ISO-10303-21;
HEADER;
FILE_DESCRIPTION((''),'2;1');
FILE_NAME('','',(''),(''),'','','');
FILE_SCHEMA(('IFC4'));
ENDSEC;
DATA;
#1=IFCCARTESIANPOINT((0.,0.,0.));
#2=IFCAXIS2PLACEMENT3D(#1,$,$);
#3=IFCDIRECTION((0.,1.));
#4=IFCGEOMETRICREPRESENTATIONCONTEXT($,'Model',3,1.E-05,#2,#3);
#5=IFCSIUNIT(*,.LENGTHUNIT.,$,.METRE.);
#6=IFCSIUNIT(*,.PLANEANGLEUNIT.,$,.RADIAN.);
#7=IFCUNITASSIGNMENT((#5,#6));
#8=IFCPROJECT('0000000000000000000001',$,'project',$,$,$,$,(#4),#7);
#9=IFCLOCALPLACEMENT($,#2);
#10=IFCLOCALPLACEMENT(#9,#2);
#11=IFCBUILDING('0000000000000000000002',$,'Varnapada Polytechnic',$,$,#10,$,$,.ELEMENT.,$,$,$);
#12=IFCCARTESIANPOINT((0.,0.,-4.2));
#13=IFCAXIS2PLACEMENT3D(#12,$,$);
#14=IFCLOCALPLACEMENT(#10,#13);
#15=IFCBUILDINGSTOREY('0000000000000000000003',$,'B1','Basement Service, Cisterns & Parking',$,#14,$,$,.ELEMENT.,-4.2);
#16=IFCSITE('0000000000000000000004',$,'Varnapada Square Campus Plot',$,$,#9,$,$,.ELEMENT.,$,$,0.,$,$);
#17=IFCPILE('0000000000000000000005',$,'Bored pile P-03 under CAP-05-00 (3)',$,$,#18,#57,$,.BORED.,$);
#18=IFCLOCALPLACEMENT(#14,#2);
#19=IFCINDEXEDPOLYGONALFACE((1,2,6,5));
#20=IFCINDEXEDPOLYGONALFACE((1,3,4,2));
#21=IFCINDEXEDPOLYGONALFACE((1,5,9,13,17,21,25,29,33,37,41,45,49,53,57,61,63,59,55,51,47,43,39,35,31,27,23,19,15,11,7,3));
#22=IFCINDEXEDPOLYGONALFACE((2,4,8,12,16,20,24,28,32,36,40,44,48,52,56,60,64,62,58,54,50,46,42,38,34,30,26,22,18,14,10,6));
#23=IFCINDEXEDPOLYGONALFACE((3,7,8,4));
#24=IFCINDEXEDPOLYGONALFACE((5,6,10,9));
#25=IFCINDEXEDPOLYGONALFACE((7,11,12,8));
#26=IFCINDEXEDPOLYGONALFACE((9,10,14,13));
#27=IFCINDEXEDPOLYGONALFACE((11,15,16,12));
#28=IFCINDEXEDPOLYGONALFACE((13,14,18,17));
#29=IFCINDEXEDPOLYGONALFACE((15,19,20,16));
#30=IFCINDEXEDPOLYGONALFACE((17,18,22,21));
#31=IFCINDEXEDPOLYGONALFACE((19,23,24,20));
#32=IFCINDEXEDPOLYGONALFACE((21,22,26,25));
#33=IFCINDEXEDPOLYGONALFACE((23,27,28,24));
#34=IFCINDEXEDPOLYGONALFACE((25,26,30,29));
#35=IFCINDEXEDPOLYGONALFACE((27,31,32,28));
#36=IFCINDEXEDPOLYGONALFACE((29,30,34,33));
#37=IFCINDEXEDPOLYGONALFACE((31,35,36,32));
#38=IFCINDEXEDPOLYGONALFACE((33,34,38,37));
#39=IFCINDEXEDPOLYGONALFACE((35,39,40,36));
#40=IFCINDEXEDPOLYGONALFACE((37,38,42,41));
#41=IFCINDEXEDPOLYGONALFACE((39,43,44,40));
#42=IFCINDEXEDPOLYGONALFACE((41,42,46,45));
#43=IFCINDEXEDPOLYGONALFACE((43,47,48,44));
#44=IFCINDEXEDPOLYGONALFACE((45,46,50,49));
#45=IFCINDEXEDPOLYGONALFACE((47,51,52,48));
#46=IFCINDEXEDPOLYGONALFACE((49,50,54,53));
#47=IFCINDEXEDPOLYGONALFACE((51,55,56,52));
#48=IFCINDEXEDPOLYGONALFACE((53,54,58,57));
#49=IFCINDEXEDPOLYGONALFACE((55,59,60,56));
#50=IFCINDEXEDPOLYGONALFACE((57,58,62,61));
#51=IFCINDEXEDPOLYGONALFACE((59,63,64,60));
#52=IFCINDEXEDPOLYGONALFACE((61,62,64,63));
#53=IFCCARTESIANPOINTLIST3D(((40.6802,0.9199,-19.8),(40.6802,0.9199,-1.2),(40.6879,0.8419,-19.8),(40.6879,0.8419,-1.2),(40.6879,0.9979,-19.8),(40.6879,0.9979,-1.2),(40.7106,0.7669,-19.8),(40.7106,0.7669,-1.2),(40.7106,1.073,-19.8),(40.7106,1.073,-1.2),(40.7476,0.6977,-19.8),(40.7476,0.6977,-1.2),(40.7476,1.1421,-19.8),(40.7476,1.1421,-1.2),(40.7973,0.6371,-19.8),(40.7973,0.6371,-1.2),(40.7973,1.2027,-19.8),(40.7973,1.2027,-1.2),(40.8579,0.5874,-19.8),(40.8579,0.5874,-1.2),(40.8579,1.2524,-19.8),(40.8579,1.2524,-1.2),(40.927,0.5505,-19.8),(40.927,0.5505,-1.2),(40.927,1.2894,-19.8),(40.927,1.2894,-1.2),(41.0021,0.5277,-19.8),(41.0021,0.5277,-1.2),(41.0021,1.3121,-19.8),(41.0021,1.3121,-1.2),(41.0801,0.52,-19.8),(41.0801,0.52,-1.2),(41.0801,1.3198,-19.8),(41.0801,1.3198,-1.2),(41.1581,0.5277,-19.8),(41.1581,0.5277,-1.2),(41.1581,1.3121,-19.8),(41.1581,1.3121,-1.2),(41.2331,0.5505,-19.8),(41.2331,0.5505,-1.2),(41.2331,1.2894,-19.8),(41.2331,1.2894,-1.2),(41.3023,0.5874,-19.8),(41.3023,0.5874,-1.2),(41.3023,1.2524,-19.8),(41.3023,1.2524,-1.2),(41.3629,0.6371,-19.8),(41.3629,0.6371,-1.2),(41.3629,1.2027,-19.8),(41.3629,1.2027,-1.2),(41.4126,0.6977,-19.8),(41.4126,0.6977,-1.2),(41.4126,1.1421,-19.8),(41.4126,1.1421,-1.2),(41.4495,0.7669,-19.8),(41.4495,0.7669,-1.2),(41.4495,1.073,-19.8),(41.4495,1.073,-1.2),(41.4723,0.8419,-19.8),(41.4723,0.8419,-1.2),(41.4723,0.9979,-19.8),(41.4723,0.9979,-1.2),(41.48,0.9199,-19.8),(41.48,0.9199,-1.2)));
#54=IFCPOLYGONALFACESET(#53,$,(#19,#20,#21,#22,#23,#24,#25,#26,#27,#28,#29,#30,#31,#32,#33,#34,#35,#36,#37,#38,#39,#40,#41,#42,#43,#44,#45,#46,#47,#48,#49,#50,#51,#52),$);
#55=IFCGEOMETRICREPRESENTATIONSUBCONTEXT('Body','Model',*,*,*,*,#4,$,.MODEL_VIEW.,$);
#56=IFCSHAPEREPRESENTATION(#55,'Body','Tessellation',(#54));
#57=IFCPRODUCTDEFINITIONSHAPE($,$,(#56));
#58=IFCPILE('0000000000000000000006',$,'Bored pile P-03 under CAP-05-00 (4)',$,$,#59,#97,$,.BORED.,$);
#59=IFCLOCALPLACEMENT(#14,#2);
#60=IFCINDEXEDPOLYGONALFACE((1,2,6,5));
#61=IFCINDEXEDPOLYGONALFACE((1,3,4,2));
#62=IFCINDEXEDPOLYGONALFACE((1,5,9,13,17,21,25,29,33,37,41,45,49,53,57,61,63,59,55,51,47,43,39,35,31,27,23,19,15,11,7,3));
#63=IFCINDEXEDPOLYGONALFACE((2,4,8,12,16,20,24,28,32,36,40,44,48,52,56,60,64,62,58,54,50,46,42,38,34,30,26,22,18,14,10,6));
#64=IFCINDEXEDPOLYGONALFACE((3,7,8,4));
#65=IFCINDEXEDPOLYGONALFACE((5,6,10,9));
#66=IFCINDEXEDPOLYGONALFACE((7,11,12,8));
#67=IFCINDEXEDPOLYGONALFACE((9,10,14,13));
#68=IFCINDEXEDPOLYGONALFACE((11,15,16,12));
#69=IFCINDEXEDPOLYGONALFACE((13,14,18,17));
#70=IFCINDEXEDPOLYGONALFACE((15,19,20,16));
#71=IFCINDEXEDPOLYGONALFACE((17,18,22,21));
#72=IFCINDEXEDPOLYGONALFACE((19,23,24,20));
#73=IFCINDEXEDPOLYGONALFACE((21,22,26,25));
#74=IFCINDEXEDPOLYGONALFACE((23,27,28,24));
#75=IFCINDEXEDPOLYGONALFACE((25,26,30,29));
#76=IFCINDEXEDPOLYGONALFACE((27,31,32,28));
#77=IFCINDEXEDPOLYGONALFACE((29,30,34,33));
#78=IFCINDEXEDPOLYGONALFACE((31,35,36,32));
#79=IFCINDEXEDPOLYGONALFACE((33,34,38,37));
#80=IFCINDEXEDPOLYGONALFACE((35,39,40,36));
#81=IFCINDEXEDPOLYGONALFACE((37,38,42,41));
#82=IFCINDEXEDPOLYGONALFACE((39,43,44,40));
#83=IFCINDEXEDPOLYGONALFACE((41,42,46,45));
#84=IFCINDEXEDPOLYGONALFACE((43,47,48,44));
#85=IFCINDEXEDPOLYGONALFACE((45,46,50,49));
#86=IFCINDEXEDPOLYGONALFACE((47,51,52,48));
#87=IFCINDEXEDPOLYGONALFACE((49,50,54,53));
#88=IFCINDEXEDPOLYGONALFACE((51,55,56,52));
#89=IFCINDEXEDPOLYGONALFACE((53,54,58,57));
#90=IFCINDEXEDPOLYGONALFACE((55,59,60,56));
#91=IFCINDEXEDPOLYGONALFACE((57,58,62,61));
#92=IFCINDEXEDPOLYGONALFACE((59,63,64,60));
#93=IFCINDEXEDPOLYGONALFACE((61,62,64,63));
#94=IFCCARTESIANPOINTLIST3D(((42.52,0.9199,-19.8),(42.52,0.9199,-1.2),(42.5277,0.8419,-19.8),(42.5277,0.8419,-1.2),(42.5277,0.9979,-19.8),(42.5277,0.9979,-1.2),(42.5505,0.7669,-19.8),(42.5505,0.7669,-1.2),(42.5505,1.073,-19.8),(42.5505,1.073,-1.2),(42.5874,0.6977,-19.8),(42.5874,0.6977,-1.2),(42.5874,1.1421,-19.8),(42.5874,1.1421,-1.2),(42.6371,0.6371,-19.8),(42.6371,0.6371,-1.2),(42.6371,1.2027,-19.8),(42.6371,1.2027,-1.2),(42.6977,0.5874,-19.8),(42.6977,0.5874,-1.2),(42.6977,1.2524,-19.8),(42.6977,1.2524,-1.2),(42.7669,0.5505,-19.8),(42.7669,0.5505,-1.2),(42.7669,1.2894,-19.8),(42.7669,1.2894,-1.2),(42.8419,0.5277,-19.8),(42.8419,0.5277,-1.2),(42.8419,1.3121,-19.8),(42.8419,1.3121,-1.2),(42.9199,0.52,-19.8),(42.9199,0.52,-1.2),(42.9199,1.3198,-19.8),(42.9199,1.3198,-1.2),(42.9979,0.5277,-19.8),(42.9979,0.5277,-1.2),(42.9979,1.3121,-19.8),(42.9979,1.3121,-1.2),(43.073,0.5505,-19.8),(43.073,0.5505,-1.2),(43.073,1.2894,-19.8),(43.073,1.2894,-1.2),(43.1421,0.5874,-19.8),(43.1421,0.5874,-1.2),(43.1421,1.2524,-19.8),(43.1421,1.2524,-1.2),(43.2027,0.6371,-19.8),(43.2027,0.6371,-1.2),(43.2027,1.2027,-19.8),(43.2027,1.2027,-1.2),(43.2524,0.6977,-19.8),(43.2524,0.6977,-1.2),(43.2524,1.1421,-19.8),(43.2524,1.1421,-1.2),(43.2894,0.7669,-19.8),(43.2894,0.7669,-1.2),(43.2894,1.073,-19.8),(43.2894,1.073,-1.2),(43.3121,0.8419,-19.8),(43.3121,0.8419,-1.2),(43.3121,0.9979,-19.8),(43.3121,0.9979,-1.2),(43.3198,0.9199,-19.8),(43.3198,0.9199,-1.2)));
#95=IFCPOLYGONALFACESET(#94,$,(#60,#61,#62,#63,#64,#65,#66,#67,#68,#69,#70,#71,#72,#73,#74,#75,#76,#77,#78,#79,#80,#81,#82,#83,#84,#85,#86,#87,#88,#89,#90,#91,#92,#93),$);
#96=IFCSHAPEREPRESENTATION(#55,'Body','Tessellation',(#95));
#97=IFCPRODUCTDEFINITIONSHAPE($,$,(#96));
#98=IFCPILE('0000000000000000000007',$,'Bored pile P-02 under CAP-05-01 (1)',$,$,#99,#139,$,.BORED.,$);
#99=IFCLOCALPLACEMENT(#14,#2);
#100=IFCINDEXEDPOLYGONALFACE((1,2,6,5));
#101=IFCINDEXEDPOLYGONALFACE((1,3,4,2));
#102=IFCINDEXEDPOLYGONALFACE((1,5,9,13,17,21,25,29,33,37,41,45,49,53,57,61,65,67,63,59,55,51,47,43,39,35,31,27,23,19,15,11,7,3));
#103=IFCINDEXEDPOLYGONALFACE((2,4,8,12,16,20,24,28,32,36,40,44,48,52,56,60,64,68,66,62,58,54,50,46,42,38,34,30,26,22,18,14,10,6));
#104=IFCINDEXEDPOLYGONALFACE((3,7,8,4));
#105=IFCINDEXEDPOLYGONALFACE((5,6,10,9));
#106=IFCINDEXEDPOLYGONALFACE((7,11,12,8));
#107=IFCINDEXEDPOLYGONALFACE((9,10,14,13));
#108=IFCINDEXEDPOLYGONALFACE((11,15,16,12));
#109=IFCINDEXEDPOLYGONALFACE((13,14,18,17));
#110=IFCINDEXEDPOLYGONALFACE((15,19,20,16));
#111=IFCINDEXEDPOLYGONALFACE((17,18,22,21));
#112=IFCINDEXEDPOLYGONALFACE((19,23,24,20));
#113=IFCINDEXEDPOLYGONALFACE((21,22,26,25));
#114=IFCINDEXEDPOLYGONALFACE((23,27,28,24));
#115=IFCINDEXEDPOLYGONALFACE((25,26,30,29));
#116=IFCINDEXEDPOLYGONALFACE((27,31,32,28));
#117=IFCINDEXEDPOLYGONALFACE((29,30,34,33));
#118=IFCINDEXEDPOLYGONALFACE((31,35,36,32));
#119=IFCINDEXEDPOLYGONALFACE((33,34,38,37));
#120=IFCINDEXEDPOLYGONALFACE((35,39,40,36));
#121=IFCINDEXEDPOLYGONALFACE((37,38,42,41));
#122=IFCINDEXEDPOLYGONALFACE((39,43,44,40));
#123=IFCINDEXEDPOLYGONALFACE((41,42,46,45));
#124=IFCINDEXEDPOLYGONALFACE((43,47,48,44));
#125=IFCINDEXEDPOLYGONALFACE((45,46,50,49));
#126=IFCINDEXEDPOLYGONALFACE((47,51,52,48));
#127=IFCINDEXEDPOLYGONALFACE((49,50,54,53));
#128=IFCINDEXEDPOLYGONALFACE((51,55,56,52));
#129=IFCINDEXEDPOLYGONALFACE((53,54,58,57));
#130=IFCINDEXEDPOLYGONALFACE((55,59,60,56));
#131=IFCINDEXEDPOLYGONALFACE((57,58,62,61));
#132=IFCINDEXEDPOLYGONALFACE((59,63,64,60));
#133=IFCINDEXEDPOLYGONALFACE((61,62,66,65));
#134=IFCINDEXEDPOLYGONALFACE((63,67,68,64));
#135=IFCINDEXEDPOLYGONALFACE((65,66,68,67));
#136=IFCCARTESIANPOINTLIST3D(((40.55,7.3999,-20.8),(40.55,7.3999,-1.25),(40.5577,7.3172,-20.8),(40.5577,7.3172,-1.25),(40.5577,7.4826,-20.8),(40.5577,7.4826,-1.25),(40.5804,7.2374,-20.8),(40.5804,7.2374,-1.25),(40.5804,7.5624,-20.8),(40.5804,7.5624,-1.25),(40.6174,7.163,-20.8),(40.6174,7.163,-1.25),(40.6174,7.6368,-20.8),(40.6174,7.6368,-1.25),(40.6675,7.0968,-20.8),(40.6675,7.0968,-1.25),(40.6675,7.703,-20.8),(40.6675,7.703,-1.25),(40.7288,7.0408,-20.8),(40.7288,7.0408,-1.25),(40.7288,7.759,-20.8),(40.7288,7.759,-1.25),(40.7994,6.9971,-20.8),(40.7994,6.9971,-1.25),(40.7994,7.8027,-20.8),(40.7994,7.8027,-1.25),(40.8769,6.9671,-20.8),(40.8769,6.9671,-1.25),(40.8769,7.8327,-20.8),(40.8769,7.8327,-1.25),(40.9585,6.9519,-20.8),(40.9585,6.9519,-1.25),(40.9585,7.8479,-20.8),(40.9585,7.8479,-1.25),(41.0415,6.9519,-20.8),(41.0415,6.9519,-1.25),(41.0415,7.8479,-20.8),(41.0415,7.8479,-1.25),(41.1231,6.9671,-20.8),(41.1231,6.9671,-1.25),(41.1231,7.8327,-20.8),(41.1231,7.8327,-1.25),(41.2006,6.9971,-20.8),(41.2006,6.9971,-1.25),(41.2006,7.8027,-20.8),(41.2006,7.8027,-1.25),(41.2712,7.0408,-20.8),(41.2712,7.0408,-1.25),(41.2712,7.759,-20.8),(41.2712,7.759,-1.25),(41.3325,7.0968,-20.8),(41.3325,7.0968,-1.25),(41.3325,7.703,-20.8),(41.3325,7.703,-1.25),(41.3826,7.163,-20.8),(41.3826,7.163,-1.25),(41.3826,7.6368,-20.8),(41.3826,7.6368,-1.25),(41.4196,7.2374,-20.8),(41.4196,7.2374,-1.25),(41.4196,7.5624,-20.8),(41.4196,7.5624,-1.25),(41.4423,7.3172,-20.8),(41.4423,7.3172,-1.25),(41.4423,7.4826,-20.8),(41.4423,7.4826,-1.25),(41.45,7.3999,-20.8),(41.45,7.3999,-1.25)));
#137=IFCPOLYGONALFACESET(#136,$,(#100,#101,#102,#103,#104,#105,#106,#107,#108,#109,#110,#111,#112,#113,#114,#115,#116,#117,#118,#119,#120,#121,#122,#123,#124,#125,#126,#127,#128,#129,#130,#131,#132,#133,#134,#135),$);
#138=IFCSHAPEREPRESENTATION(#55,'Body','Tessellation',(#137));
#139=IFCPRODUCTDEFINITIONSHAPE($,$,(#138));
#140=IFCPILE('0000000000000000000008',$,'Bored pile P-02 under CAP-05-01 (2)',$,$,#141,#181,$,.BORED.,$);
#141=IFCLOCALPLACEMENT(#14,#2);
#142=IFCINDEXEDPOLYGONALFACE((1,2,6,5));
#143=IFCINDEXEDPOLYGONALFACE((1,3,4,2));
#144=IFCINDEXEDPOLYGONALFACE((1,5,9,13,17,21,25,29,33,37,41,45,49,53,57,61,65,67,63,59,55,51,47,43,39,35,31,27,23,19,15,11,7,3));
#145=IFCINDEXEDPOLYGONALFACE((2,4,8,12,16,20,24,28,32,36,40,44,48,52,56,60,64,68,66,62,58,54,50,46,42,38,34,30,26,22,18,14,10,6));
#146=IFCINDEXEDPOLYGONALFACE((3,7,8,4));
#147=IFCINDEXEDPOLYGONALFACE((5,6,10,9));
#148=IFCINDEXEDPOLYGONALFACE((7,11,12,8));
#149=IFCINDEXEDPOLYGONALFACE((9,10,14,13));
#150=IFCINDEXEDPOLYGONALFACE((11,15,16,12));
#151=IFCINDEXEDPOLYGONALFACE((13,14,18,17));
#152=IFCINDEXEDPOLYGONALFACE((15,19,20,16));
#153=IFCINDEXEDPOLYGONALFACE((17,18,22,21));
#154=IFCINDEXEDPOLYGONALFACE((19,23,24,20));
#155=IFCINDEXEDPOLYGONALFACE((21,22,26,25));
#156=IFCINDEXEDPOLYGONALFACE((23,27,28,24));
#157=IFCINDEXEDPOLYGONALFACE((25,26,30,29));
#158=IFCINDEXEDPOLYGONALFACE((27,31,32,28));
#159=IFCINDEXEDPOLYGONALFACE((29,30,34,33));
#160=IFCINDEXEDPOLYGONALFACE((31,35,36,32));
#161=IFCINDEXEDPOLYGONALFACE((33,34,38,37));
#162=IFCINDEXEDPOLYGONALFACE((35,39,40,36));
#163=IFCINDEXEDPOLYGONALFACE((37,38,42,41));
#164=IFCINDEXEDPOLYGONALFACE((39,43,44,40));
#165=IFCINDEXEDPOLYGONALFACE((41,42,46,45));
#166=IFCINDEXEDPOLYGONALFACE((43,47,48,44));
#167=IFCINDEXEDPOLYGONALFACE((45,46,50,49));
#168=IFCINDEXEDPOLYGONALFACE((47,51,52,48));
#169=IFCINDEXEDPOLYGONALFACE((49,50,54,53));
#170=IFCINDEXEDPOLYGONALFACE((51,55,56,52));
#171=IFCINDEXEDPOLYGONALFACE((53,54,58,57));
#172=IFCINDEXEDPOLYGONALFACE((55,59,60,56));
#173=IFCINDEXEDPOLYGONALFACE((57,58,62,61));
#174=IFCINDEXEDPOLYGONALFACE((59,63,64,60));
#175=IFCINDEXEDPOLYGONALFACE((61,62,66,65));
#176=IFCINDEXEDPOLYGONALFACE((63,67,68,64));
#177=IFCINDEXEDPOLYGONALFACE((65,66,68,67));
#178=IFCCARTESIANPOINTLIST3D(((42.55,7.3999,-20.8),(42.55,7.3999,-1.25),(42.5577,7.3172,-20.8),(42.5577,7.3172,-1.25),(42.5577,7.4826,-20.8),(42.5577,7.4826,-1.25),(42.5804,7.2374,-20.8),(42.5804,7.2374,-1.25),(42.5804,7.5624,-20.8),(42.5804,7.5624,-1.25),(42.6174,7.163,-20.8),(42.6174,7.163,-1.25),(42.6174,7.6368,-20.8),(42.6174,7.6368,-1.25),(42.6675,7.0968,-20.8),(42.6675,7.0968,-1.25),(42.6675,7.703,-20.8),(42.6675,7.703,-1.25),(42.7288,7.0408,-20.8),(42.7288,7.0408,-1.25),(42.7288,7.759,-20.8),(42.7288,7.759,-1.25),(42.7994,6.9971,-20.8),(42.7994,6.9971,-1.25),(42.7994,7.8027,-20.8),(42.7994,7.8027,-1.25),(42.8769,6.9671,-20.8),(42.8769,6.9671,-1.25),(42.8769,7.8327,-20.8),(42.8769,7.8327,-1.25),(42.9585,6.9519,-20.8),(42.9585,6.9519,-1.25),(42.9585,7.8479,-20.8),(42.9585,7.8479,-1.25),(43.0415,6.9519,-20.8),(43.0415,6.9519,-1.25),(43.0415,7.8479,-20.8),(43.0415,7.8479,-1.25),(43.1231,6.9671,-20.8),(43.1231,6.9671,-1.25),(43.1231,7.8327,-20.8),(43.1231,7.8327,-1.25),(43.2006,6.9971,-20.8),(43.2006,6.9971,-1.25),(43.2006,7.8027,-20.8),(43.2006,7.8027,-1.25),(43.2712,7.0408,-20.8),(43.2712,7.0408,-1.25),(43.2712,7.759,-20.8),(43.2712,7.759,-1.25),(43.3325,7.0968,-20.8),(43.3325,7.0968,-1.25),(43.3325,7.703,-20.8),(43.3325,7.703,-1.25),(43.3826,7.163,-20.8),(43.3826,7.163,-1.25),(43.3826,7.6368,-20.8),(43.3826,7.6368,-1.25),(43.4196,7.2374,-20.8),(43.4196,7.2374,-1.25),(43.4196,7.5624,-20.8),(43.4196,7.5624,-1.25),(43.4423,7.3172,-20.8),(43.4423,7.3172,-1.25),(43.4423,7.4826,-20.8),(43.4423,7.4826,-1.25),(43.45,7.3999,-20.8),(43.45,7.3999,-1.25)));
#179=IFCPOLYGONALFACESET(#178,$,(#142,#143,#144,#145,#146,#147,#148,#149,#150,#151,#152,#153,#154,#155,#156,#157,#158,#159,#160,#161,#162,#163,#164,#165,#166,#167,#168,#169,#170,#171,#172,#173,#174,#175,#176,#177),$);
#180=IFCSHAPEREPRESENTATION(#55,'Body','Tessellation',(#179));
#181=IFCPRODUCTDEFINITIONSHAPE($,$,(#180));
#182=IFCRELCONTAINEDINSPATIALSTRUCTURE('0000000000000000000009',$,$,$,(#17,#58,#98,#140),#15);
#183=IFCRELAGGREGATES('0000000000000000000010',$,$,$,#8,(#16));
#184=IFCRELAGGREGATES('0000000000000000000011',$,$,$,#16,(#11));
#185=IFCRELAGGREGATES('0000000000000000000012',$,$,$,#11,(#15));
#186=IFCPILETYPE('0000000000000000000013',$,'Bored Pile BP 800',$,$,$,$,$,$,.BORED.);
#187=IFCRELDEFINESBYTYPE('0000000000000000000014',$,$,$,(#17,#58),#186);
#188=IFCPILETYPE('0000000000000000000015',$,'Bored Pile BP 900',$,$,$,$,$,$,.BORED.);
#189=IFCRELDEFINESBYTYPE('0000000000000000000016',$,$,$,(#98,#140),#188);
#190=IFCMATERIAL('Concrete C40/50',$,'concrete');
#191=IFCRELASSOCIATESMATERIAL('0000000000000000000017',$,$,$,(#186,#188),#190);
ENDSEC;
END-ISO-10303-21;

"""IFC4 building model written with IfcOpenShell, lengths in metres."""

from ifc_helpers import new_model, si_unit, direction, frame, origin, origin_2d, place, context, subcontext, project, spatial, circle, extrude, material, material_profile, profile_set, type_object, element, save


model = new_model("IFC4")

# Units and contexts
model_context = context("Model", 3, precision=1e-05, world=origin(), true_north=direction((0.0, 1.0)))
body_context = subcontext(model_context, "Body", "Model", "MODEL_VIEW")
ifc_project = project(units=[si_unit("LENGTHUNIT", "METRE"), si_unit("PLANEANGLEUNIT", "RADIAN")], contexts=[model_context])

# Site, building, storey
site_placement = place(None, origin())
site = spatial("IfcSite", under=ifc_project, at=site_placement, Name="Varnapada Square Campus Plot", CompositionType="ELEMENT", RefElevation=0.0)
building_placement = place(site_placement, origin())
building = spatial("IfcBuilding", under=site, at=building_placement, Name="Varnapada Polytechnic", CompositionType="ELEMENT")
storey_placement = place(building_placement, frame((0.0, 0.0, -4.2)))
storey = spatial("IfcBuildingStorey", under=building, at=storey_placement, Name="B1", Description="Basement Service, Cisterns & Parking", CompositionType="ELEMENT", Elevation=-4.2)

# Piles
ifc_material_1 = material(Name="Concrete C40/50", Category="concrete")
ifc_material_profile_1 = material_profile(ifc_material_1, circle(Radius=0.3999, at=origin_2d()), Name="BP 800")
ifc_profile_set_1 = profile_set([ifc_material_profile_1], Name="Concrete C40/50")
pile_type_1 = type_object("IfcPileType", Name="Bored Pile BP 800", PredefinedType="BORED", material=ifc_profile_set_1)
for number, where, z_axis, x_axis, name in (
    (1, (41.0801, 0.9199, -1.2), (0.0, 0.0, -1.0), (1.0, 0.0, 0.0), "Bored pile P-03 under CAP-05-00 (3)"),
    (2, (42.9199, 0.9199, -1.2), (0.0, 0.0, -1.0), (1.0, 0.0, 0.0), "Bored pile P-03 under CAP-05-00 (4)"),
):
    element("IfcPile", number, at=place(storey_placement, frame(where, z_axis=z_axis, x_axis=x_axis)), inside=storey, type_object=pile_type_1, Name=name, PredefinedType="BORED", context=body_context, shape_type="SweptSolid", body=[
        extrude(circle(Radius=0.3999, at=origin_2d()), origin(), (0.0, 0.0, 1.0), 18.6001),
    ])
ifc_material_profile_2 = material_profile(ifc_material_1, circle(Radius=0.45, at=origin_2d()), Name="BP 900")
ifc_profile_set_2 = profile_set([ifc_material_profile_2], Name="Concrete C40/50")
pile_type_2 = type_object("IfcPileType", Name="Bored Pile BP 900", PredefinedType="BORED", material=ifc_profile_set_2)
for number, where, z_axis, x_axis, name in (
    (3, (41.0, 7.3999, -1.25), (0.0, 0.0, -1.0), (1.0, 0.0, 0.0), "Bored pile P-02 under CAP-05-01 (1)"),
    (4, (43.0, 7.3999, -1.25), (0.0, 0.0, -1.0), (1.0, 0.0, 0.0), "Bored pile P-02 under CAP-05-01 (2)"),
):
    element("IfcPile", number, at=place(storey_placement, frame(where, z_axis=z_axis, x_axis=x_axis)), inside=storey, type_object=pile_type_2, Name=name, PredefinedType="BORED", context=body_context, shape_type="SweptSolid", body=[
        extrude(circle(Radius=0.45, at=origin_2d()), origin(), (0.0, 0.0, 1.0), 19.55),
    ])

save(model, "model.ifc")
